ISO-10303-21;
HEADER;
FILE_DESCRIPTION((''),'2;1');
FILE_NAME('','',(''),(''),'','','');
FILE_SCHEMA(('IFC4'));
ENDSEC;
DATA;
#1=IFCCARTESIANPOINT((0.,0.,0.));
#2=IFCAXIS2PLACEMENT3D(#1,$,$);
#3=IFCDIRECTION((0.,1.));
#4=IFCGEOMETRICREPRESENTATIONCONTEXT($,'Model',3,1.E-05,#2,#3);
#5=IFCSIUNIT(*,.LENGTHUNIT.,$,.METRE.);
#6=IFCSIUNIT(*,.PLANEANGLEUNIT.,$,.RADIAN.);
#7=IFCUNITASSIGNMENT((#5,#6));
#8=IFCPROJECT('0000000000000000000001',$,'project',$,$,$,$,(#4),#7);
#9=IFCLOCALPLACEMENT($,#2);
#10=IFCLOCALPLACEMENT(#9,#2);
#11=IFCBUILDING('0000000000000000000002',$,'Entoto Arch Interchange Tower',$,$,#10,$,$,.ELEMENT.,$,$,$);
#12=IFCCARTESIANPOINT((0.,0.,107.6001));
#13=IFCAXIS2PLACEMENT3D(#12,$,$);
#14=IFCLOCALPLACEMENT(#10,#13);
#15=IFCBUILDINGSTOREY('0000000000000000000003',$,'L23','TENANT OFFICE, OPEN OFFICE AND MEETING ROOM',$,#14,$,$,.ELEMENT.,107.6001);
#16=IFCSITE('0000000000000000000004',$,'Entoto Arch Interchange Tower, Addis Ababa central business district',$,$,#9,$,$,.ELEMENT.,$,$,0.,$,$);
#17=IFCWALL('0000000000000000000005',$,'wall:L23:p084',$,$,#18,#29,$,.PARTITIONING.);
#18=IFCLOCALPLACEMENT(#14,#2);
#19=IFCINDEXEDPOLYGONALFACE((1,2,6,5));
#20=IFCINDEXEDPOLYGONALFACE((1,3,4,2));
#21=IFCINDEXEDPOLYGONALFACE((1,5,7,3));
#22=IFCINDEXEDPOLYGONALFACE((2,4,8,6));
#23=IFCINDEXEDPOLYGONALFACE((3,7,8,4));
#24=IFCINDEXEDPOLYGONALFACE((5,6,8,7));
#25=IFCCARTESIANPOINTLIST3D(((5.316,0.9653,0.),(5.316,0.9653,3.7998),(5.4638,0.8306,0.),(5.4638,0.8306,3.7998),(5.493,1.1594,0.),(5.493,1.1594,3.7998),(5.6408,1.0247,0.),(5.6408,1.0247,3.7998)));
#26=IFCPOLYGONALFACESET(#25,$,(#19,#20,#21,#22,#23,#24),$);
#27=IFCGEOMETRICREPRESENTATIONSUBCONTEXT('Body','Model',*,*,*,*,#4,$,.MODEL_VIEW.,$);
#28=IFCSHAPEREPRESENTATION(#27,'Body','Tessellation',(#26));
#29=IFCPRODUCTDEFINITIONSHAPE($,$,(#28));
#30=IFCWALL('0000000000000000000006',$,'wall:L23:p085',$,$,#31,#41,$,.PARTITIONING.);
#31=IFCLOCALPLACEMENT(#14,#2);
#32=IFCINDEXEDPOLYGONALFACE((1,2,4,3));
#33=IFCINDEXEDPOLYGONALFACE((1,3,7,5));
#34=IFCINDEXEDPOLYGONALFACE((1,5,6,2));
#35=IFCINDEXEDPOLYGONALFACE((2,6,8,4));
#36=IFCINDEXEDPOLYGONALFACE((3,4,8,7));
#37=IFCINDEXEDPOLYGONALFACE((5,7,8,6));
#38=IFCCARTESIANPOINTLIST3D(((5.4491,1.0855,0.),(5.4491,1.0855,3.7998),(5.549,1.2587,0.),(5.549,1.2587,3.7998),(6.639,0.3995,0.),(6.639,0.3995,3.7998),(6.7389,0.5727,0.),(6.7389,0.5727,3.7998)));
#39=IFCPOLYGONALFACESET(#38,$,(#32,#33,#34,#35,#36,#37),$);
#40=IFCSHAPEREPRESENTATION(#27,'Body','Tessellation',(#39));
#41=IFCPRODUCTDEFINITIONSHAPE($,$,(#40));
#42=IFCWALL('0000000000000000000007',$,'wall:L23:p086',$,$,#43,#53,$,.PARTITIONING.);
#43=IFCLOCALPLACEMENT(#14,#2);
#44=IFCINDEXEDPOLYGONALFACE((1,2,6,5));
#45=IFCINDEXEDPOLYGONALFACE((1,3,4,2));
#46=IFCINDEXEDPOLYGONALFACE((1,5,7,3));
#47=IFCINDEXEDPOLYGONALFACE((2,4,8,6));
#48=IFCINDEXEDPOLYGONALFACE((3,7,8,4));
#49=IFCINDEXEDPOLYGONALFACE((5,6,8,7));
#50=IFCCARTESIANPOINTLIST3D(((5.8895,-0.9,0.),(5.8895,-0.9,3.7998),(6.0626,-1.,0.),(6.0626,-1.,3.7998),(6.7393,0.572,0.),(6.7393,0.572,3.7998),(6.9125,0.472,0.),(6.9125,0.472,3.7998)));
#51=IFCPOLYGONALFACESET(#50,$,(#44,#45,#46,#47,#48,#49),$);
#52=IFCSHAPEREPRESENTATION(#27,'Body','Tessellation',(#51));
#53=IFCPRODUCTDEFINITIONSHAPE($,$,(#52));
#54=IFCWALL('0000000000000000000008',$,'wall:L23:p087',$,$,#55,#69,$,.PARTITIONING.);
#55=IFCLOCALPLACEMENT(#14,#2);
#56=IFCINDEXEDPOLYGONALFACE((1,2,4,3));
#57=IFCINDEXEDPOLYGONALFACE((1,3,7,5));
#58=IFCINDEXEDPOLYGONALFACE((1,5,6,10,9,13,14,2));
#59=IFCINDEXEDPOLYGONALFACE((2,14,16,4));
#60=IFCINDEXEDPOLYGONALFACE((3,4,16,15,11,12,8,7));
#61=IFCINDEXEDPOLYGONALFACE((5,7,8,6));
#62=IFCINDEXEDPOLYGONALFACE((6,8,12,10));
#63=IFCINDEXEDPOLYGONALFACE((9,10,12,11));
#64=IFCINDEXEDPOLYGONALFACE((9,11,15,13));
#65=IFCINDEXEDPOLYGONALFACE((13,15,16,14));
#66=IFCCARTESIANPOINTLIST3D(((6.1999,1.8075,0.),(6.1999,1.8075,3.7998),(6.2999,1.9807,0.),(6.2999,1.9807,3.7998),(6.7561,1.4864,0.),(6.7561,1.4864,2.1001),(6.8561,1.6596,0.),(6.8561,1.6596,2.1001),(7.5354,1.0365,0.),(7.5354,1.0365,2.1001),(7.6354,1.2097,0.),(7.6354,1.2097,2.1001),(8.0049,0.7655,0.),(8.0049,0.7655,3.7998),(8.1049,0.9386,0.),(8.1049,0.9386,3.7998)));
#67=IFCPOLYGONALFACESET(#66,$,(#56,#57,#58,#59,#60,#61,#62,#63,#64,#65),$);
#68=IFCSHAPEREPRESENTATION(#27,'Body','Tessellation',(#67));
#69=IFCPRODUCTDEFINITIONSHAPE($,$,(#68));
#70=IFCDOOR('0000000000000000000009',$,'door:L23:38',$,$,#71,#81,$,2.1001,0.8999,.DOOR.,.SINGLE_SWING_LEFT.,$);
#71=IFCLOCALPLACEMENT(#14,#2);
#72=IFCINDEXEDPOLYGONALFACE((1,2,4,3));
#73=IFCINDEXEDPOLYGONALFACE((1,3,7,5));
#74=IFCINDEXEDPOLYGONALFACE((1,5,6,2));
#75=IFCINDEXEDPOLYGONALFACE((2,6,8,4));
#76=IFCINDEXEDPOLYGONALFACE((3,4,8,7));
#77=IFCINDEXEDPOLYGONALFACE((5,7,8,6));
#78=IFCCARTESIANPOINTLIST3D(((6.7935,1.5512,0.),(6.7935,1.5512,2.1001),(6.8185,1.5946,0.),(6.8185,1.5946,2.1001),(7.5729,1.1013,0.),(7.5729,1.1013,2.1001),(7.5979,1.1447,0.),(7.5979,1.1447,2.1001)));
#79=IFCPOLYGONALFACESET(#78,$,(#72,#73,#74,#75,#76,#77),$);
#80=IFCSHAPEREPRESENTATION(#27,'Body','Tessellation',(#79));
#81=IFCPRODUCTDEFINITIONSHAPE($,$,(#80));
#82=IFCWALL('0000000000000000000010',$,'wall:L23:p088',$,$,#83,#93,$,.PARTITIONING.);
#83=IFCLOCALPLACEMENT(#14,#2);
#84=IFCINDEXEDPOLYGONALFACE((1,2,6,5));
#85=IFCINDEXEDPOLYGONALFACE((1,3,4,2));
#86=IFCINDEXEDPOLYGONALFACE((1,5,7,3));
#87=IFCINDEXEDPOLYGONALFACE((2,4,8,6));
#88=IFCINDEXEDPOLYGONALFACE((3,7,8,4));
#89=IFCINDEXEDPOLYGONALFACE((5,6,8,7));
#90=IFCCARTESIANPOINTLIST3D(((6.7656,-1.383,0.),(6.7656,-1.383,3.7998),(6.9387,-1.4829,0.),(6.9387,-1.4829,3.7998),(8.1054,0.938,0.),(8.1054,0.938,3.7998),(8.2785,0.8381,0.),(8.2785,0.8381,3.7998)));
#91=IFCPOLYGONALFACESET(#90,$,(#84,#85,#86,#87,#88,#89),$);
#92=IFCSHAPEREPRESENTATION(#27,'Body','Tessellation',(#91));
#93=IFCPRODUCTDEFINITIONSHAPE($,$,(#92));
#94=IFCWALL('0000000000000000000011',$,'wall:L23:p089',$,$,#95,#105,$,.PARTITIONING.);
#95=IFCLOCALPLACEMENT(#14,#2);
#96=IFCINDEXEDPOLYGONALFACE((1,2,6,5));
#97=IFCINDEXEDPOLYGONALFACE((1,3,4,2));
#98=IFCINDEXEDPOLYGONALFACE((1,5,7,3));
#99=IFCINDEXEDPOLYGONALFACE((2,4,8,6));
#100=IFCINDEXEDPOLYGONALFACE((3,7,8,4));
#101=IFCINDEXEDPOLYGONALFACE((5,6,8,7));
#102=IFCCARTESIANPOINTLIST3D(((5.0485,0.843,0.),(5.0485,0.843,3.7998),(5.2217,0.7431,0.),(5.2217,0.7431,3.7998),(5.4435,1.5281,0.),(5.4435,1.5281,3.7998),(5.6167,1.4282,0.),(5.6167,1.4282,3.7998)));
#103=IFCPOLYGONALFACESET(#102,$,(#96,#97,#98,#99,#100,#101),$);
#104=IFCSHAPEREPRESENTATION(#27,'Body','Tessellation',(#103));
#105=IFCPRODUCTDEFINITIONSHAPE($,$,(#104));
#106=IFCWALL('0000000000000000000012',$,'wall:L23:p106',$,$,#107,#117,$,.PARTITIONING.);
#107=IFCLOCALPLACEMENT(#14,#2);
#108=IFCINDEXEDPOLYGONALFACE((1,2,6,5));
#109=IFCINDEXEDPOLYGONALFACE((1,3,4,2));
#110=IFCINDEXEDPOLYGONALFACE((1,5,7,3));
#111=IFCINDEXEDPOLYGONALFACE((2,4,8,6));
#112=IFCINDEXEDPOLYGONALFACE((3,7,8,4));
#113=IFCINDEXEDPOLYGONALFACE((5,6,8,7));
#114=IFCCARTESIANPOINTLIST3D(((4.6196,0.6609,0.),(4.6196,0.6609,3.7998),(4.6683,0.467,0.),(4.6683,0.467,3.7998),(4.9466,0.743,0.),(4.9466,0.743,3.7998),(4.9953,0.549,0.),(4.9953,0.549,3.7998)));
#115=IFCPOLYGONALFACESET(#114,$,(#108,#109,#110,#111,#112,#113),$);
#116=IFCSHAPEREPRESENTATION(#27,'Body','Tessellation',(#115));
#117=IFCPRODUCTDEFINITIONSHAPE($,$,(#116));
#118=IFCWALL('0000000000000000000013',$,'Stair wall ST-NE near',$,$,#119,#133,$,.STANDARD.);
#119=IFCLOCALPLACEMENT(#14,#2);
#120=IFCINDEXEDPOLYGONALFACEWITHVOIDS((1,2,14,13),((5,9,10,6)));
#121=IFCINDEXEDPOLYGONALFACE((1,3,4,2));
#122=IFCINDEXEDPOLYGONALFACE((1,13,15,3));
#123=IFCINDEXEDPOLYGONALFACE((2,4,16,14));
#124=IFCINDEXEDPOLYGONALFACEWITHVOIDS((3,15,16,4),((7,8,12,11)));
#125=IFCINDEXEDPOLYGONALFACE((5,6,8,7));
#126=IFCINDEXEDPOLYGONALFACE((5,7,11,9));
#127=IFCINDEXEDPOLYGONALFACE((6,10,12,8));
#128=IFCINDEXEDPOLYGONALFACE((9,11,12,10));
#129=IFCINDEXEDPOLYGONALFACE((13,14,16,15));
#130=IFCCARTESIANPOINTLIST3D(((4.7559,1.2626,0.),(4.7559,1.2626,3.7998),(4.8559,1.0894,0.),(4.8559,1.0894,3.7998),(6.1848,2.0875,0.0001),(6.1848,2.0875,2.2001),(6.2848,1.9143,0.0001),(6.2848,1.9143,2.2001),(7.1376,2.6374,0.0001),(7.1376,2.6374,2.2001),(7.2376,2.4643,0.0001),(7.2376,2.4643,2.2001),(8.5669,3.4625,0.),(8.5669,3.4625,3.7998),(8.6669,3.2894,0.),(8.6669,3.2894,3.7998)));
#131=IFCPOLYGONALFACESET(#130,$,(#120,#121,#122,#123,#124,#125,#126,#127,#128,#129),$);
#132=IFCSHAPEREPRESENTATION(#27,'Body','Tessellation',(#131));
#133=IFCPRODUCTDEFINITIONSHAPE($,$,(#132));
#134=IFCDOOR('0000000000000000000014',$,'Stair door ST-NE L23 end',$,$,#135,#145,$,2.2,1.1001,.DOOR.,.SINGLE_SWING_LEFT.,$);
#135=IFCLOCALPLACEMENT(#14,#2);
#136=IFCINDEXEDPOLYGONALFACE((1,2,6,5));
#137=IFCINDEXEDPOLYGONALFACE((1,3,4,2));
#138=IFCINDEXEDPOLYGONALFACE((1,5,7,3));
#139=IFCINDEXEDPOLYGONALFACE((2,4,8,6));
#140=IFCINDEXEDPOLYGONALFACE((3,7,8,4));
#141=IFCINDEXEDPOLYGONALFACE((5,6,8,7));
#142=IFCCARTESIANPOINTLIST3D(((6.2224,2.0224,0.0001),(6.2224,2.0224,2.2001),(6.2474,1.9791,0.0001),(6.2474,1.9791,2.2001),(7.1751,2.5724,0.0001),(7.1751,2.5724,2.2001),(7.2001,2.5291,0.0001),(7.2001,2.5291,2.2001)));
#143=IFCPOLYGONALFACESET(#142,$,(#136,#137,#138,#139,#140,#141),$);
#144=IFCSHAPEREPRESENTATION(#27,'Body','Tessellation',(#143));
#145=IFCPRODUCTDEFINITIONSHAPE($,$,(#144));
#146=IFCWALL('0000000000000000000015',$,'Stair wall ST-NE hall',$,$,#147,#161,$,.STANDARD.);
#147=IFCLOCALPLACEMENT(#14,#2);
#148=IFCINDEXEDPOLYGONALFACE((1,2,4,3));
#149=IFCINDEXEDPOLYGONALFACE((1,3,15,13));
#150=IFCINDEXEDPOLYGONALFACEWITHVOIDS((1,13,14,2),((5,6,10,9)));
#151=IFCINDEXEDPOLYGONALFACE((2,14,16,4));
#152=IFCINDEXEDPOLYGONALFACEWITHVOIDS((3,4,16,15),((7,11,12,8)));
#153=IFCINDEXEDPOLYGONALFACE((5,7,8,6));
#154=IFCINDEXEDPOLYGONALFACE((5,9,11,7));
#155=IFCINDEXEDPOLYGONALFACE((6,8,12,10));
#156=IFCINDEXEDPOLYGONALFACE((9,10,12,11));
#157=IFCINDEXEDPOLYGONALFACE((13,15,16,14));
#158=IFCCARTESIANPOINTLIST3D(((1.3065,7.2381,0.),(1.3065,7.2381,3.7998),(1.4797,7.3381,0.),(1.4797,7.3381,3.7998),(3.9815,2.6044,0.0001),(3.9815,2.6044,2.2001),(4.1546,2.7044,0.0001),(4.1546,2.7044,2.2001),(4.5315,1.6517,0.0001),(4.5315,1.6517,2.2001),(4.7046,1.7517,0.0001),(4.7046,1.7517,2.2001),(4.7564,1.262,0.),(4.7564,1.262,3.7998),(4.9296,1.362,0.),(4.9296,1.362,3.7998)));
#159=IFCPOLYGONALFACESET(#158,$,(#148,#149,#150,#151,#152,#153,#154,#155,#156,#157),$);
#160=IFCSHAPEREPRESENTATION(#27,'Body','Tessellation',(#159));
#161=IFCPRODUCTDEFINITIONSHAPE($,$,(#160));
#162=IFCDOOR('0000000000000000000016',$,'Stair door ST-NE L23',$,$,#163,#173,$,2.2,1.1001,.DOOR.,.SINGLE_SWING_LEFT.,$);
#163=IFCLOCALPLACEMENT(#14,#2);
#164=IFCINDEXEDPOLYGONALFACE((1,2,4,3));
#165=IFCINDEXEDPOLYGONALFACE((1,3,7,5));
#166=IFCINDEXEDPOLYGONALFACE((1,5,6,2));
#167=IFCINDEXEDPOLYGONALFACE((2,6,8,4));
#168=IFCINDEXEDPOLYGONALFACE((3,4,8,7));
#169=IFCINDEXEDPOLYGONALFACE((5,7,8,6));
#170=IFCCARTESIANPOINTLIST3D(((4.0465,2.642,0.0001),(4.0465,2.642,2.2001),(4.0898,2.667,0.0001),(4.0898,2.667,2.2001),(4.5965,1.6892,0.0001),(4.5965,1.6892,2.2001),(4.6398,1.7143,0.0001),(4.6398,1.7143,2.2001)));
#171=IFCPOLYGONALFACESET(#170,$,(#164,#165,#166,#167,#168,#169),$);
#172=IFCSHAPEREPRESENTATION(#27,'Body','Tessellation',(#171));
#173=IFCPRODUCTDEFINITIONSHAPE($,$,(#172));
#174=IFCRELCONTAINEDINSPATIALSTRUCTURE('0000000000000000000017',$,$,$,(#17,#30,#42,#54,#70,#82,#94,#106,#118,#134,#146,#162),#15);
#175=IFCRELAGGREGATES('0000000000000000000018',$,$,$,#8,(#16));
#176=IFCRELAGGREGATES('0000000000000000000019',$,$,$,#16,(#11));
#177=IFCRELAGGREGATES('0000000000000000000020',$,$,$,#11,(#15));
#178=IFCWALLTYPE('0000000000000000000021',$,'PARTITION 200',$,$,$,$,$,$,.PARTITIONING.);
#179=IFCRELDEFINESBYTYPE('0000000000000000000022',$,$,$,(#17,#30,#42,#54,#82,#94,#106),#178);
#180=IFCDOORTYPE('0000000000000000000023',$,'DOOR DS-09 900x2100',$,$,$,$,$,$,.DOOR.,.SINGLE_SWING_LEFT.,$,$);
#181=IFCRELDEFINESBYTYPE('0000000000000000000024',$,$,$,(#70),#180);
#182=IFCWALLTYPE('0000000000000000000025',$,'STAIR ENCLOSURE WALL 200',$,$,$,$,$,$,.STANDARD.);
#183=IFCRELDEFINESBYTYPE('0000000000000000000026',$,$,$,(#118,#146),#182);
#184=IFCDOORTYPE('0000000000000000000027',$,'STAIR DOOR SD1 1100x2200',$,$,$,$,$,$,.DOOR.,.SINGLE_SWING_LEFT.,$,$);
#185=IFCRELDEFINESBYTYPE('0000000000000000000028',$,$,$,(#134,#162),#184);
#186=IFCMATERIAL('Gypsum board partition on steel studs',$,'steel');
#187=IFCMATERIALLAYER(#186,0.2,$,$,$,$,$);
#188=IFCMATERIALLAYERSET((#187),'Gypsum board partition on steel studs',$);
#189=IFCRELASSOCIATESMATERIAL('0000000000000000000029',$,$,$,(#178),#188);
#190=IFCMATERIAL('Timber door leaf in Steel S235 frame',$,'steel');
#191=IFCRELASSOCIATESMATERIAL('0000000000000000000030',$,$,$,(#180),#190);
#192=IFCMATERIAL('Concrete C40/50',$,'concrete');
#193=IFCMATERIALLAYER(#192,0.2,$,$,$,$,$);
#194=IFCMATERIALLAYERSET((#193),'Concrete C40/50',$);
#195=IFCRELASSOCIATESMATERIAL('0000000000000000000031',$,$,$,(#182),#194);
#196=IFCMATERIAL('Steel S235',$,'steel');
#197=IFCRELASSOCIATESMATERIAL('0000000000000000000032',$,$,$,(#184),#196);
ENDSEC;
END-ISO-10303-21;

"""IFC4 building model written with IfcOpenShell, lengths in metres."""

from ifc_helpers import new_model, si_unit, direction, frame, frame_2d, origin, place, context, subcontext, project, spatial, rectangle, extrude, material, layer, layer_set, type_object, element, fill, save


model = new_model("IFC4")

# Units and contexts
model_context = context("Model", 3, precision=1e-05, world=origin(), true_north=direction((0.0, 1.0)))
body_context = subcontext(model_context, "Body", "Model", "MODEL_VIEW")
ifc_project = project(units=[si_unit("LENGTHUNIT", "METRE"), si_unit("PLANEANGLEUNIT", "RADIAN")], contexts=[model_context])

# Site, building, storey
site_placement = place(None, origin())
site = spatial("IfcSite", under=ifc_project, at=site_placement, Name="Entoto Arch Interchange Tower, Addis Ababa central business district", CompositionType="ELEMENT", RefElevation=0.0)
building_placement = place(site_placement, origin())
building = spatial("IfcBuilding", under=site, at=building_placement, Name="Entoto Arch Interchange Tower", CompositionType="ELEMENT")
storey_placement = place(building_placement, frame((0.0, 0.0, 107.6001)))
storey = spatial("IfcBuildingStorey", under=building, at=storey_placement, Name="L23", Description="TENANT OFFICE, OPEN OFFICE AND MEETING ROOM", CompositionType="ELEMENT", Elevation=107.6001)

# Walls
ifc_material_1 = material(Name="Gypsum board partition on steel studs", Category="steel")
ifc_layer_1 = layer(ifc_material_1, 0.2)
ifc_layer_set_1 = layer_set([ifc_layer_1], Name="Gypsum board partition on steel studs")
wall_type_1 = type_object("IfcWallType", Name="PARTITION 200", PredefinedType="PARTITIONING", material=ifc_layer_set_1)
wall_1_placement = place(storey_placement, frame((5.3899, 0.8979, 0.0), z_axis=(0.0, 0.0, 1.0), x_axis=(0.673828, 0.738888, 0.0)))
element("IfcWall", 1, at=wall_1_placement, inside=storey, type_object=wall_type_1, Name="wall:L23:p084", PredefinedType="PARTITIONING", context=body_context, shape_type="SweptSolid", body=[
    extrude(rectangle(XDim=0.2627, YDim=0.2, at=frame_2d((0.1313, 0.0))), origin(), (0.0, 0.0, 1.0), 3.7998),
])
wall_2_placement = place(storey_placement, frame((5.499, 1.1721, 0.0), z_axis=(0.0, 0.0, 1.0), x_axis=(0.866334, -0.499466, 0.0)))
element("IfcWall", 2, at=wall_2_placement, inside=storey, type_object=wall_type_1, Name="wall:L23:p085", PredefinedType="PARTITIONING", context=body_context, shape_type="SweptSolid", body=[
    extrude(rectangle(XDim=1.3735, YDim=0.2, at=frame_2d((0.6868, 0.0))), origin(), (0.0, 0.0, 1.0), 3.7998),
])
wall_3_placement = place(storey_placement, frame((6.8259, 0.522, 0.0), z_axis=(0.0, 0.0, 1.0), x_axis=(-0.500017, -0.866016, 0.0)))
element("IfcWall", 3, at=wall_3_placement, inside=storey, type_object=wall_type_1, Name="wall:L23:p086", PredefinedType="PARTITIONING", context=body_context, shape_type="SweptSolid", body=[
    extrude(rectangle(XDim=1.6997, YDim=0.2, at=frame_2d((0.8499, 0.0))), origin(), (0.0, 0.0, 1.0), 3.7998),
])

# Wall, opening, door
wall_4_placement = place(storey_placement, frame((6.25, 1.894, 0.0), z_axis=(0.0, 0.0, 1.0), x_axis=(0.866043, -0.499969, 0.0)))
wall_4 = element("IfcWall", 4, at=wall_4_placement, inside=storey, type_object=wall_type_1, Name="wall:L23:p087", PredefinedType="PARTITIONING", context=body_context, shape_type="SweptSolid", body=[
    extrude(rectangle(XDim=2.0842, YDim=0.2, at=frame_2d((1.042, 0.0))), origin(), (0.0, 0.0, 1.0), 3.7998),
])
opening_1_placement = place(wall_4_placement, frame((0.6421, 0.0, 0.0)))
opening_1 = element("IfcOpeningElement", 5, at=opening_1_placement, cuts=wall_4, PredefinedType="OPENING", context=body_context, shape_type="SweptSolid", body=[
    extrude(rectangle(XDim=0.8999, YDim=2.1001, at=frame_2d((0.45, 1.05))), frame((0.0, 0.1099, 0.0), z_axis=(0.0, -1.0, 0.0), x_axis=(1.0, 0.0, 0.0)), (0.0, 0.0, 1.0), 0.22),
])
ifc_material_2 = material(Name="Timber door leaf in Steel S235 frame", Category="steel")
door_type_1 = type_object("IfcDoorType", Name="DOOR DS-09 900x2100", OperationType="SINGLE_SWING_LEFT", PredefinedType="DOOR", material=ifc_material_2)
door_1_placement = place(opening_1_placement, origin())
door_1 = element("IfcDoor", 6, at=door_1_placement, inside=storey, type_object=door_type_1, Name="door:L23:38", OperationType="SINGLE_SWING_LEFT", OverallHeight=2.1001, OverallWidth=0.8999, PredefinedType="DOOR", context=body_context, shape_type="SweptSolid", body=[
    extrude(rectangle(XDim=0.8999, YDim=2.1001, at=frame_2d((0.45, 1.05))), frame((0.0, 0.0249, 0.0), z_axis=(0.0, -1.0, 0.0), x_axis=(1.0, 0.0, 0.0)), (0.0, 0.0, 1.0), 0.05),
])
fill(opening_1, door_1)

# Walls
wall_5_placement = place(storey_placement, frame((8.1919, 0.8879, 0.0), z_axis=(0.0, 0.0, 1.0), x_axis=(-0.499941, -0.86606, 0.0)))
element("IfcWall", 7, at=wall_5_placement, inside=storey, type_object=wall_type_1, Name="wall:L23:p088", PredefinedType="PARTITIONING", context=body_context, shape_type="SweptSolid", body=[
    extrude(rectangle(XDim=2.6799, YDim=0.2, at=frame_2d((1.3398, 0.0))), origin(), (0.0, 0.0, 1.0), 3.7998),
])
wall_6_placement = place(storey_placement, frame((5.135, 0.793, 0.0), z_axis=(0.0, 0.0, 1.0), x_axis=(0.499526, 0.866299, 0.0)))
element("IfcWall", 8, at=wall_6_placement, inside=storey, type_object=wall_type_1, Name="wall:L23:p089", PredefinedType="PARTITIONING", context=body_context, shape_type="SweptSolid", body=[
    extrude(rectangle(XDim=0.7908, YDim=0.2, at=frame_2d((0.3955, 0.0))), origin(), (0.0, 0.0, 1.0), 3.7998),
])
wall_7_placement = place(storey_placement, frame((4.644, 0.564, 0.0), z_axis=(0.0, 0.0, 1.0), x_axis=(0.969929, 0.243388, 0.0)))
element("IfcWall", 9, at=wall_7_placement, inside=storey, type_object=wall_type_1, Name="wall:L23:p106", PredefinedType="PARTITIONING", context=body_context, shape_type="SweptSolid", body=[
    extrude(rectangle(XDim=0.3372, YDim=0.2, at=frame_2d((0.1685, 0.0))), origin(), (0.0, 0.0, 1.0), 3.7998),
])

# Walls, openings, doors
ifc_material_3 = material(Name="Concrete C40/50", Category="concrete")
ifc_layer_2 = layer(ifc_material_3, 0.2)
ifc_layer_set_2 = layer_set([ifc_layer_2], Name="Concrete C40/50")
wall_type_2 = type_object("IfcWallType", Name="STAIR ENCLOSURE WALL 200", PredefinedType="STANDARD", material=ifc_layer_set_2)
wall_8_placement = place(storey_placement, frame((4.8059, 1.176, 0.0), z_axis=(0.0, 0.0, 1.0), x_axis=(0.86606, 0.49994, 0.0)))
wall_8 = element("IfcWall", 10, at=wall_8_placement, inside=storey, type_object=wall_type_2, Name="Stair wall ST-NE near", PredefinedType="STANDARD", context=body_context, shape_type="SweptSolid", body=[
    extrude(rectangle(XDim=4.4004, YDim=0.2, at=frame_2d((2.2002, 0.0))), origin(), (0.0, 0.0, 1.0), 3.7998),
])
opening_2_placement = place(wall_8_placement, frame((1.6499, 0.0, 0.0)))
opening_2 = element("IfcOpeningElement", 11, at=opening_2_placement, cuts=wall_8, PredefinedType="OPENING", context=body_context, shape_type="SweptSolid", body=[
    extrude(rectangle(XDim=1.1001, YDim=2.2, at=frame_2d((0.55, 1.1001))), frame((0.0, 0.1099, 0.0), z_axis=(0.0, -1.0, 0.0), x_axis=(1.0, 0.0, 0.0)), (0.0, 0.0, 1.0), 0.22),
])
ifc_material_4 = material(Name="Steel S235", Category="steel")
door_type_2 = type_object("IfcDoorType", Name="STAIR DOOR SD1 1100x2200", OperationType="SINGLE_SWING_LEFT", PredefinedType="DOOR", material=ifc_material_4)
door_2_placement = place(opening_2_placement, origin())
door_2 = element("IfcDoor", 12, at=door_2_placement, inside=storey, type_object=door_type_2, Name="Stair door ST-NE L23 end", OperationType="SINGLE_SWING_LEFT", OverallHeight=2.2, OverallWidth=1.1001, PredefinedType="DOOR", context=body_context, shape_type="SweptSolid", body=[
    extrude(rectangle(XDim=1.1001, YDim=2.2, at=frame_2d((0.55, 1.1001))), frame((0.0, 0.0249, 0.0), z_axis=(0.0, -1.0, 0.0), x_axis=(1.0, 0.0, 0.0)), (0.0, 0.0, 1.0), 0.05),
])
fill(opening_2, door_2)
wall_9_placement = place(storey_placement, frame((4.843, 1.312, 0.0), z_axis=(0.0, 0.0, 1.0), x_axis=(-0.499963, 0.866047, 0.0)))
wall_9 = element("IfcWall", 13, at=wall_9_placement, inside=storey, type_object=wall_type_2, Name="Stair wall ST-NE hall", PredefinedType="STANDARD", context=body_context, shape_type="SweptSolid", body=[
    extrude(rectangle(XDim=6.9004, YDim=0.2, at=frame_2d((3.4502, 0.0))), origin(), (0.0, 0.0, 1.0), 3.7998),
])
opening_3_placement = place(wall_9_placement, frame((0.45, 0.0, 0.0)))
opening_3 = element("IfcOpeningElement", 14, at=opening_3_placement, cuts=wall_9, PredefinedType="OPENING", context=body_context, shape_type="SweptSolid", body=[
    extrude(rectangle(XDim=1.1001, YDim=2.2, at=frame_2d((0.55, 1.1001))), frame((0.0, 0.1099, 0.0), z_axis=(0.0, -1.0, 0.0), x_axis=(1.0, 0.0, 0.0)), (0.0, 0.0, 1.0), 0.22),
])
door_3_placement = place(opening_3_placement, origin())
door_3 = element("IfcDoor", 15, at=door_3_placement, inside=storey, type_object=door_type_2, Name="Stair door ST-NE L23", OperationType="SINGLE_SWING_LEFT", OverallHeight=2.2, OverallWidth=1.1001, PredefinedType="DOOR", context=body_context, shape_type="SweptSolid", body=[
    extrude(rectangle(XDim=1.1001, YDim=2.2, at=frame_2d((0.55, 1.1001))), frame((0.0, 0.0249, 0.0), z_axis=(0.0, -1.0, 0.0), x_axis=(1.0, 0.0, 0.0)), (0.0, 0.0, 1.0), 0.05),
])
fill(opening_3, door_3)

save(model, "model.ifc")
